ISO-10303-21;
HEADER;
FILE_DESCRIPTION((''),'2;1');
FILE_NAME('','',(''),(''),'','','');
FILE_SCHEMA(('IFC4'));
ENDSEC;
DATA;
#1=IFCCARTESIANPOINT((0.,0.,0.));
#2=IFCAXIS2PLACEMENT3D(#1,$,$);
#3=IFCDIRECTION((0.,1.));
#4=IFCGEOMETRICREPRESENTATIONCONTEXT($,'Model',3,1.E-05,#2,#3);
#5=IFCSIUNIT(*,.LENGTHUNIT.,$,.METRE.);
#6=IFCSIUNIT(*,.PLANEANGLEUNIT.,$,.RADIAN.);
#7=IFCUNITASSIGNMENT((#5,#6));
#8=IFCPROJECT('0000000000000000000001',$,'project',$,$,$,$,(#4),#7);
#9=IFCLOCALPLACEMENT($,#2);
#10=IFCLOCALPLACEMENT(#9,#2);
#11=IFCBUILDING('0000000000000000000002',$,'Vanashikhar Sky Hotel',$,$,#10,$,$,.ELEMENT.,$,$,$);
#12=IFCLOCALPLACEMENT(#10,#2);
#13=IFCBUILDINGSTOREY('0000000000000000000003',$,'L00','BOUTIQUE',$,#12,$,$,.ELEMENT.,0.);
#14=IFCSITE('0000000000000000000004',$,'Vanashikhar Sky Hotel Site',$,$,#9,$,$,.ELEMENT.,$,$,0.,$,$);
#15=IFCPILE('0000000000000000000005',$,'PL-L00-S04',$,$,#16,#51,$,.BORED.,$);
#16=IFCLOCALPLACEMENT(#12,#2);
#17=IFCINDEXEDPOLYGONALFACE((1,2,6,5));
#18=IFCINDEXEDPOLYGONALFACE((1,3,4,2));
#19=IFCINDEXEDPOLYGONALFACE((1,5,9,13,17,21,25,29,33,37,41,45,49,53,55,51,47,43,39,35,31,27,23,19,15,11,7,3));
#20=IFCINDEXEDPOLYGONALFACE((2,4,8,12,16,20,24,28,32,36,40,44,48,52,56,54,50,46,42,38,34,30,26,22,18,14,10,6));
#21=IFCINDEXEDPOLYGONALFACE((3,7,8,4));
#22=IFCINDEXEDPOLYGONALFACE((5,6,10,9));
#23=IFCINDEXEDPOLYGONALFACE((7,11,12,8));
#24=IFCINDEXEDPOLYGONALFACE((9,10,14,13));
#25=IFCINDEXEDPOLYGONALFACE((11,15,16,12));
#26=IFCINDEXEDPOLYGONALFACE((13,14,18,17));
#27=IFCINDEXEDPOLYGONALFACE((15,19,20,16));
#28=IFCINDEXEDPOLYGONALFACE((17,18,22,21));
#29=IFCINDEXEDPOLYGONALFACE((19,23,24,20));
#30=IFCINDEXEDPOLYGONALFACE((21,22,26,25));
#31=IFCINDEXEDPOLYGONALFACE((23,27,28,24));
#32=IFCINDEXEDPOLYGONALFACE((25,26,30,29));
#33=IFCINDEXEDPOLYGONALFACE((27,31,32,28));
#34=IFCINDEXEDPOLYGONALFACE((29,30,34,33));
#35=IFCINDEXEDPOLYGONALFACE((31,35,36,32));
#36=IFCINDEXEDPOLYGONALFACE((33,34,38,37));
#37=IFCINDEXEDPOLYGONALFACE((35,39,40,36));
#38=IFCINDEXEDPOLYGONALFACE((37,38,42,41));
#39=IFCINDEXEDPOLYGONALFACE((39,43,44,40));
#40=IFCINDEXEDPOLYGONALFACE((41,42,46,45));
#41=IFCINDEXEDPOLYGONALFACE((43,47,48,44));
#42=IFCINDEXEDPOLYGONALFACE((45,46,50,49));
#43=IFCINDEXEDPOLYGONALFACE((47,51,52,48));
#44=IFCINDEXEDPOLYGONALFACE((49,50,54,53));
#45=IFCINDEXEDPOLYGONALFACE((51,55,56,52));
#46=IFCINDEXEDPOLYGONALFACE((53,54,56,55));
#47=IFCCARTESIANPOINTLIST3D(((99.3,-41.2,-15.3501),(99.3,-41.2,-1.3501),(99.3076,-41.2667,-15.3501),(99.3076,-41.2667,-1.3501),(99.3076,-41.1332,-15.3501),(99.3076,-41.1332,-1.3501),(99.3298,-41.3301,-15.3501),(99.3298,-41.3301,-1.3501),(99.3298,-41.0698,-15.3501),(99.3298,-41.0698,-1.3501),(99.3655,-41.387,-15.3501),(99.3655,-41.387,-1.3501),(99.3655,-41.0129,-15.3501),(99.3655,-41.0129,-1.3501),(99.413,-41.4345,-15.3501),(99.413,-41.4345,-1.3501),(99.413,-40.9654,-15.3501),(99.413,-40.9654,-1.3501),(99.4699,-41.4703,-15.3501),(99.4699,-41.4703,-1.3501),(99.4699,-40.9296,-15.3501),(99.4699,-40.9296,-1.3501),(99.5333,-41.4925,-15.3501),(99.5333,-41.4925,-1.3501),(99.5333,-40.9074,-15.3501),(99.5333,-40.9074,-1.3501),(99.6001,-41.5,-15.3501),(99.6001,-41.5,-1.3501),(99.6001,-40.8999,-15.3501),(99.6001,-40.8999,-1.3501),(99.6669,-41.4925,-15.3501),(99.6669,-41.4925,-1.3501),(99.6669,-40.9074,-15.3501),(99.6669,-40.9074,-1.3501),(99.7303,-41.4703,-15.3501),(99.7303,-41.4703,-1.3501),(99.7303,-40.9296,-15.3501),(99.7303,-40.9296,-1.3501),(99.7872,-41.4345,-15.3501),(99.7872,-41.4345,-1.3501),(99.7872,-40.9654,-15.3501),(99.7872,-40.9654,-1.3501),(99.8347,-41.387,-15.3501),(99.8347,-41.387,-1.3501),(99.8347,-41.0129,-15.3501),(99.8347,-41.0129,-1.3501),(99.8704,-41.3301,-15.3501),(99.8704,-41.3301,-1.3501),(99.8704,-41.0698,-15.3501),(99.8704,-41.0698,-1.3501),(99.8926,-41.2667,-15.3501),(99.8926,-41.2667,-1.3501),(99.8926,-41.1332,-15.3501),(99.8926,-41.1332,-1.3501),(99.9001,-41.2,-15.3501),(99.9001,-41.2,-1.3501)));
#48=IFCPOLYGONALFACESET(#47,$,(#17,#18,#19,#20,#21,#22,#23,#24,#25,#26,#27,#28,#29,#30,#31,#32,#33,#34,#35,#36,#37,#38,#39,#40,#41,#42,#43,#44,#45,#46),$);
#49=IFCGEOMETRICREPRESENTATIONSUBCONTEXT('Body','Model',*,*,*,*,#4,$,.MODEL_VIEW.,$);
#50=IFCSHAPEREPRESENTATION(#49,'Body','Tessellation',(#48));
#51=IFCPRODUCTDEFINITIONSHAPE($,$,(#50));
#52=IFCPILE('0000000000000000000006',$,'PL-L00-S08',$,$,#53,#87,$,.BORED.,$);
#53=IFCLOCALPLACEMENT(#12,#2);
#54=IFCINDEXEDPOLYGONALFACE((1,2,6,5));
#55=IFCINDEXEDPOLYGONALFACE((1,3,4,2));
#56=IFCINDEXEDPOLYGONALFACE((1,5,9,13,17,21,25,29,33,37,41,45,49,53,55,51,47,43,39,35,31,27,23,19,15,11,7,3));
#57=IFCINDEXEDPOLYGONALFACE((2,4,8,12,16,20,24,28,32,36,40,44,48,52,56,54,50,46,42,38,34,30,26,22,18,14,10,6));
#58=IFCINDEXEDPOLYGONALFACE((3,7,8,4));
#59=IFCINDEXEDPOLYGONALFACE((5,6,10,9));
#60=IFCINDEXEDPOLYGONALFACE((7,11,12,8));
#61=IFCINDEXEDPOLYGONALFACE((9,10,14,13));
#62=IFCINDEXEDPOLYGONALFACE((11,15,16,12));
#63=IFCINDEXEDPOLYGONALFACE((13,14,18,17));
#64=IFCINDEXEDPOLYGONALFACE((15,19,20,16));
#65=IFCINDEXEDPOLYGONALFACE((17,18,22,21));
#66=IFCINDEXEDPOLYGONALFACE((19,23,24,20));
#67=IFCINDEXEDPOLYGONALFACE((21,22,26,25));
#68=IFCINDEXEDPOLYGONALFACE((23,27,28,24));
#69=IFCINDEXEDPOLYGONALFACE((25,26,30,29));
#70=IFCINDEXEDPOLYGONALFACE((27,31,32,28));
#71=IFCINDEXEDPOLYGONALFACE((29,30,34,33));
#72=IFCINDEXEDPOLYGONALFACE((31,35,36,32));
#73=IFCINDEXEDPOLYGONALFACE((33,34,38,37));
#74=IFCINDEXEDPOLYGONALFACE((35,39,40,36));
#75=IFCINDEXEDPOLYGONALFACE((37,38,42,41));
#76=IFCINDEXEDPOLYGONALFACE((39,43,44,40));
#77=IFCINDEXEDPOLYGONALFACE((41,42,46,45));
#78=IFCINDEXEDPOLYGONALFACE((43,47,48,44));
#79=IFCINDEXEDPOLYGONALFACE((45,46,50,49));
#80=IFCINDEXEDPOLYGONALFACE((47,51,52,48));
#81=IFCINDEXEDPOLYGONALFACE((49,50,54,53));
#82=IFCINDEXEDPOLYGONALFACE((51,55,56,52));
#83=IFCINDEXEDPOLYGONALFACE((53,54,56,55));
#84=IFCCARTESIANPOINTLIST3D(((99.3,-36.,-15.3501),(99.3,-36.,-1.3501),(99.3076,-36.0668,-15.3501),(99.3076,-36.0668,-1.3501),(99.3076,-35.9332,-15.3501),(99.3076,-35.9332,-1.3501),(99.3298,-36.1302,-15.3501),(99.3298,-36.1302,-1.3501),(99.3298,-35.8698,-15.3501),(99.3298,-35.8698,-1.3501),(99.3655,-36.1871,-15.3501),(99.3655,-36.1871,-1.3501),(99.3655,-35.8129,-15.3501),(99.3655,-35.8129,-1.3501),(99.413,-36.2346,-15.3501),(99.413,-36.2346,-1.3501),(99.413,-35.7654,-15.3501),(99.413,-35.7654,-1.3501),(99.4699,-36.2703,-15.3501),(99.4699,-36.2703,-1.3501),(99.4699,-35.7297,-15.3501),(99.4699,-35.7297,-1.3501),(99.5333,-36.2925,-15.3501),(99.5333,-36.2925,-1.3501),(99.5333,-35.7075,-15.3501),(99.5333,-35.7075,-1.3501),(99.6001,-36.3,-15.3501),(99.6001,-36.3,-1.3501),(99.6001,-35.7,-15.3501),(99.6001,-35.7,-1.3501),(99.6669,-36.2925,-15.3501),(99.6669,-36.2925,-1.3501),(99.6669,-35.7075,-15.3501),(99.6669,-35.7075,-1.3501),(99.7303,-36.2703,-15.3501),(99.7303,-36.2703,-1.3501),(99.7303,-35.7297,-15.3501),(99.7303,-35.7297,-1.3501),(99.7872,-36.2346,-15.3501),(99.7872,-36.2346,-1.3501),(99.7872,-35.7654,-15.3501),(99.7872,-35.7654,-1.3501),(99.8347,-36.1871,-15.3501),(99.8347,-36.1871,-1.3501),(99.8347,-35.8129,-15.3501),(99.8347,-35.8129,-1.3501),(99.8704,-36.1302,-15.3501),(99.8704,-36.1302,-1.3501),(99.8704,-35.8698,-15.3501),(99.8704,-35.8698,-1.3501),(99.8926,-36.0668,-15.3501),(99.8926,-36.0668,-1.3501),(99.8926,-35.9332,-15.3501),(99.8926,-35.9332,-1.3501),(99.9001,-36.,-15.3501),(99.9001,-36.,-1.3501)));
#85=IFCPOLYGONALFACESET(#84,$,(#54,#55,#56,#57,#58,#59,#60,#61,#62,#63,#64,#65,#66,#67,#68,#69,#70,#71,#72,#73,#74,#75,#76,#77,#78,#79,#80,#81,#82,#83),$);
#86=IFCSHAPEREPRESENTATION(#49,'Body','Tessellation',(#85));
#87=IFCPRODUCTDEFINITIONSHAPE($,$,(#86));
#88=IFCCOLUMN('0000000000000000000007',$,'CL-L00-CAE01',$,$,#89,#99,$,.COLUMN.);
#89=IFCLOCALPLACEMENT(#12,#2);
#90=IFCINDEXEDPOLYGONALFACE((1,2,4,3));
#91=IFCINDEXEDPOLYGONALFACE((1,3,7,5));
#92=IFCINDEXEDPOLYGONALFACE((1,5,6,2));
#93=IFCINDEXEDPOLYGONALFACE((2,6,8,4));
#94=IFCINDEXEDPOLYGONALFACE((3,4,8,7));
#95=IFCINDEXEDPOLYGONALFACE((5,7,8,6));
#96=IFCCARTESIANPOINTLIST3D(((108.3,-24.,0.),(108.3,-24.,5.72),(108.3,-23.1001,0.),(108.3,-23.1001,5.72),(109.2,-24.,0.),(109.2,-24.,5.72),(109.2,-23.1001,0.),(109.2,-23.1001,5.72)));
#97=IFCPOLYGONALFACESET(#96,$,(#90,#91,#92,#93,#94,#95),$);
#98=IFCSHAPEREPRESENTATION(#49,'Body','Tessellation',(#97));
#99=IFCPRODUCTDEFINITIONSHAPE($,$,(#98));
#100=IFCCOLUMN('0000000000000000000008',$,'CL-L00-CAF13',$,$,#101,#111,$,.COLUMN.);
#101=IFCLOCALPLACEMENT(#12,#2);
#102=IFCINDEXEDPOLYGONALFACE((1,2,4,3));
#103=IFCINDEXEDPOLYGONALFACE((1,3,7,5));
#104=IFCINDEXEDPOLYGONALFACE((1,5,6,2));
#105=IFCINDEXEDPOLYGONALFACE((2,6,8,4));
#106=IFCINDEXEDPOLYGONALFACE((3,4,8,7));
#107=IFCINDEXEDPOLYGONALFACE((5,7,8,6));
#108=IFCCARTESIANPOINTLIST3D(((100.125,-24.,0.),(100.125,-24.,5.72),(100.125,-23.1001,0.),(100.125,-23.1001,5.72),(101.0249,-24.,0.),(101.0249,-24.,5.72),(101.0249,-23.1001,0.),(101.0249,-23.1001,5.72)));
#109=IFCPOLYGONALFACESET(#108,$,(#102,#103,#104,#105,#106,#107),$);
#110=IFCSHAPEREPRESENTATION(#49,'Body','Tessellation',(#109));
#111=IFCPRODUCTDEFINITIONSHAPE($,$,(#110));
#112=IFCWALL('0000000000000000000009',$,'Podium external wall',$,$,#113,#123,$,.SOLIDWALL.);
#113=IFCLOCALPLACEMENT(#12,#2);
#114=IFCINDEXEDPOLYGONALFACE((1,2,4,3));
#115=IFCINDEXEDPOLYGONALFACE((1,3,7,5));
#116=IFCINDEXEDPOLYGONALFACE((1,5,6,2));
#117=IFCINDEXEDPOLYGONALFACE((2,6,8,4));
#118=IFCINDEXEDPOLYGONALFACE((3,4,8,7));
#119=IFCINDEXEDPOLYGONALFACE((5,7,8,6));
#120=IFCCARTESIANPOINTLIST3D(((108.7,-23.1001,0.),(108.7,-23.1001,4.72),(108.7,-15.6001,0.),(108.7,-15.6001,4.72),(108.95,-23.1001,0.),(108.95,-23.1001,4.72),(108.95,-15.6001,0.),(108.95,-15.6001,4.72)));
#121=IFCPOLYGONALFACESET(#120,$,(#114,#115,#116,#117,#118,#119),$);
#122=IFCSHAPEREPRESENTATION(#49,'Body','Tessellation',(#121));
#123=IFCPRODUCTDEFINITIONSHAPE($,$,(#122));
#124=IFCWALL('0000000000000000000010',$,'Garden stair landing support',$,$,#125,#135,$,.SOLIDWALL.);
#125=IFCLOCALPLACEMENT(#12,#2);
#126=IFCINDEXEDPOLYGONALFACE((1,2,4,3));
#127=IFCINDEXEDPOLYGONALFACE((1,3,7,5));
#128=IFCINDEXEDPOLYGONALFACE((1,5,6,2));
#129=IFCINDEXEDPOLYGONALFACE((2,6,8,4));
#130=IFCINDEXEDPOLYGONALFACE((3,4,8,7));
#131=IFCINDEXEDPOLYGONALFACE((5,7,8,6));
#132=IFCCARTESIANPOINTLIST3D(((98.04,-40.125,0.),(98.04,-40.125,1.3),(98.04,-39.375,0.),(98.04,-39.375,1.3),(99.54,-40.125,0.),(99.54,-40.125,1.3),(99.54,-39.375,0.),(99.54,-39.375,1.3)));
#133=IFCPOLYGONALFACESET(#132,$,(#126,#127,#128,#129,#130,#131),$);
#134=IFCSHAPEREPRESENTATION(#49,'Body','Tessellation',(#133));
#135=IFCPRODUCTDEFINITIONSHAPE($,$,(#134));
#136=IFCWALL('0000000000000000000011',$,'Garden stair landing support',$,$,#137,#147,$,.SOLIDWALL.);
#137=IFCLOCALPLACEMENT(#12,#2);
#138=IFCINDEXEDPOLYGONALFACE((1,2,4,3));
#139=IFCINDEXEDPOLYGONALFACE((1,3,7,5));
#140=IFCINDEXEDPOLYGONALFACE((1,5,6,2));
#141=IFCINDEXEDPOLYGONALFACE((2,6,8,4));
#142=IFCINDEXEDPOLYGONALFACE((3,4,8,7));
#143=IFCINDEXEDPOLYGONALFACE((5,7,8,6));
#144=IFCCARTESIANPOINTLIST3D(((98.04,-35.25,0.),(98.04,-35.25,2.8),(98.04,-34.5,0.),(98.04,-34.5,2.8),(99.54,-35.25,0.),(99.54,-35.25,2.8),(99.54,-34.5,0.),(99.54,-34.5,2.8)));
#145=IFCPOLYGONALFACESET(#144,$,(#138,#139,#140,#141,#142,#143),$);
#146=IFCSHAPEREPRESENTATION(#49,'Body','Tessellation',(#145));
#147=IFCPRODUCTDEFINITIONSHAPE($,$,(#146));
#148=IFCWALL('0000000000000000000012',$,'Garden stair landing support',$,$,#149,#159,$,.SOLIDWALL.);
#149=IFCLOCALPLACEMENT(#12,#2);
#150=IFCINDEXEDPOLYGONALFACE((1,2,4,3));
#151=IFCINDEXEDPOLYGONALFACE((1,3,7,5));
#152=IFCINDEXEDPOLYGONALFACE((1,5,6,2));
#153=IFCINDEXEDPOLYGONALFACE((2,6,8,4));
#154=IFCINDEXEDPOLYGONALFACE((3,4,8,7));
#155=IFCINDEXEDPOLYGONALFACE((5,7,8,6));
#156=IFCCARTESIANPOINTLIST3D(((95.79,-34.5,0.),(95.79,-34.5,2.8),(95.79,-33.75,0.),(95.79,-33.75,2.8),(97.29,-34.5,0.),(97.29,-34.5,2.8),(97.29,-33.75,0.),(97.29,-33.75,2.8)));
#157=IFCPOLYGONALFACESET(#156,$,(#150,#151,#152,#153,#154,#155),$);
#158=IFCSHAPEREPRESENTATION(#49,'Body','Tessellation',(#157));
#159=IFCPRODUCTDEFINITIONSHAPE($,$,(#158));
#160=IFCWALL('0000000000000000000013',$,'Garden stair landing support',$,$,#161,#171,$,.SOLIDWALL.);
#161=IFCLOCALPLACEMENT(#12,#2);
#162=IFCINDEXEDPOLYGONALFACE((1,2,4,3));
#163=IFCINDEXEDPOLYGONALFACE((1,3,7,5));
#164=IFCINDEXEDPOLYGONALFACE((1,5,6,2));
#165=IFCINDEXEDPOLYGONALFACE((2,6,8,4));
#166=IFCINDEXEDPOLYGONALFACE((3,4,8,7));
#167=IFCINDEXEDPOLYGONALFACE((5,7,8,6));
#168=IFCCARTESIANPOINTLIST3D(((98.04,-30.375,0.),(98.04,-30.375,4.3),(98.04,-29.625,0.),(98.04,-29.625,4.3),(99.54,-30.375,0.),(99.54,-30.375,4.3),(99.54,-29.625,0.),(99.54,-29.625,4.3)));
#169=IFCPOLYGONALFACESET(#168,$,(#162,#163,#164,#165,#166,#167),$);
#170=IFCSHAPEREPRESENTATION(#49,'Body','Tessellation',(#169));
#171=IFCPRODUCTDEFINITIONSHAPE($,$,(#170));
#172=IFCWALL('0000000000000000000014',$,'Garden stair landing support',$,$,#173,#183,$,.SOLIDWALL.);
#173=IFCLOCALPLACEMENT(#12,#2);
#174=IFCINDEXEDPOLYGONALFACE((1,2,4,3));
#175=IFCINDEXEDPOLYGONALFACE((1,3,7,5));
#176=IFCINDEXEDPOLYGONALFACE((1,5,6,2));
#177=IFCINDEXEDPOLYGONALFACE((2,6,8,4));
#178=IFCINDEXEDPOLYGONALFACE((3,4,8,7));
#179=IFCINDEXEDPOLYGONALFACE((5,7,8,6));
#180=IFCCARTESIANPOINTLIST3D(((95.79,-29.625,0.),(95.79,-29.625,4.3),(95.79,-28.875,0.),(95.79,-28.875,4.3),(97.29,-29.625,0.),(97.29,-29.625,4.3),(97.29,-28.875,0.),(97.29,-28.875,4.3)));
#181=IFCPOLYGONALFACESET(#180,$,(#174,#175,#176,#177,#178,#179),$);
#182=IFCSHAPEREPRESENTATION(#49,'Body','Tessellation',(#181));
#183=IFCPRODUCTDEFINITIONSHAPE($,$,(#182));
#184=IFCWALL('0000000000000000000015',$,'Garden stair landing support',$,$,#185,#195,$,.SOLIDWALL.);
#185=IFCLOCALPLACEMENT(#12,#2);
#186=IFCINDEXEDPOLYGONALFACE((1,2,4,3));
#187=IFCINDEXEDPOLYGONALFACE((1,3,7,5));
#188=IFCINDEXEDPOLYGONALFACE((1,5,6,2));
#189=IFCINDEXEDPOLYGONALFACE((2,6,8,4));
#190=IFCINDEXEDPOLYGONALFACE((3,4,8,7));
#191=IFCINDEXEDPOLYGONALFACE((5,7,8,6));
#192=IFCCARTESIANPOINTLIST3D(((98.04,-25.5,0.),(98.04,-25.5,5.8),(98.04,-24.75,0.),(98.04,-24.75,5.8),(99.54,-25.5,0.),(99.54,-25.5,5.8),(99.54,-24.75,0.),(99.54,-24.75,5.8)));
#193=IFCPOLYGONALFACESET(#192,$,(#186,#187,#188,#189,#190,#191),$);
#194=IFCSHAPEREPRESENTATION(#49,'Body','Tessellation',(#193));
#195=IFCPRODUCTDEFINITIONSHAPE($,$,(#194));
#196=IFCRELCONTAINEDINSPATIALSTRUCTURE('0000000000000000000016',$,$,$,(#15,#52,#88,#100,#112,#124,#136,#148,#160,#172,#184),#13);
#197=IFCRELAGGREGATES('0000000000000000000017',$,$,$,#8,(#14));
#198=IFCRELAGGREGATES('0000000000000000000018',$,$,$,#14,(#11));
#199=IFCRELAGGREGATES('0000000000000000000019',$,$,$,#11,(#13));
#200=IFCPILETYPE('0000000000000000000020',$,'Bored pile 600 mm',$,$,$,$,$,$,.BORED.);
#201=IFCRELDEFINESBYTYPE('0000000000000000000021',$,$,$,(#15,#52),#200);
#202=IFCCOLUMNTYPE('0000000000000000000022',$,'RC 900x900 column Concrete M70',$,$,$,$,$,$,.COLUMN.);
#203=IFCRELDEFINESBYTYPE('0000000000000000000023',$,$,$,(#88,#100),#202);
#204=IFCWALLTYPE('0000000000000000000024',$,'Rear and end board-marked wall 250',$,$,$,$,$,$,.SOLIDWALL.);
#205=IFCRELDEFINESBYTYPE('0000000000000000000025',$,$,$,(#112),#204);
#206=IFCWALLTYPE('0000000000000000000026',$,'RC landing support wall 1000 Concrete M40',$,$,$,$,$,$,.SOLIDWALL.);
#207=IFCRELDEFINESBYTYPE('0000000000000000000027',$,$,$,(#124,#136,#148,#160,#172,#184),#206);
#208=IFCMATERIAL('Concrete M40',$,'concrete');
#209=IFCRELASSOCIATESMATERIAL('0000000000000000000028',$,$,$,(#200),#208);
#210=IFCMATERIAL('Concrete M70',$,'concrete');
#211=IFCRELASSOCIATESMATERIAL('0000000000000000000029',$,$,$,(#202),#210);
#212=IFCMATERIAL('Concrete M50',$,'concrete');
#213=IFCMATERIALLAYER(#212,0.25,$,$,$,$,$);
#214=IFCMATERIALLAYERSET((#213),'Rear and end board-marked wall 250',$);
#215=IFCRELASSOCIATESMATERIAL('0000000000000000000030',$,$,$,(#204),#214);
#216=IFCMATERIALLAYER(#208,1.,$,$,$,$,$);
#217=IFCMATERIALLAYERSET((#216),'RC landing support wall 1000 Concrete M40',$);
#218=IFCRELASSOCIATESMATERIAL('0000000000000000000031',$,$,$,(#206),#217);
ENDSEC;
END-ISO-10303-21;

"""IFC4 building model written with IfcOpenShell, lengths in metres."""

from ifc_helpers import new_model, si_unit, direction, frame, frame_2d, origin, origin_2d, place, context, subcontext, project, spatial, rectangle, circle, extrude, source, transform, mapped, material, layer, layer_set, material_profile, profile_set, type_object, element, save


model = new_model("IFC4")

# Units and contexts
model_context = context("Model", 3, precision=1e-05, world=origin(), true_north=direction((0.0, 1.0)))
body_context = subcontext(model_context, "Body", "Model", "MODEL_VIEW")
ifc_project = project(units=[si_unit("LENGTHUNIT", "METRE"), si_unit("PLANEANGLEUNIT", "RADIAN")], contexts=[model_context])

# Site, building, storey
site_placement = place(None, origin())
site = spatial("IfcSite", under=ifc_project, at=site_placement, Name="Vanashikhar Sky Hotel Site", CompositionType="ELEMENT", RefElevation=0.0)
building_placement = place(site_placement, origin())
building = spatial("IfcBuilding", under=site, at=building_placement, Name="Vanashikhar Sky Hotel", CompositionType="ELEMENT")
storey_placement = place(building_placement, origin())
storey = spatial("IfcBuildingStorey", under=building, at=storey_placement, Name="L00", Description="BOUTIQUE", CompositionType="ELEMENT", Elevation=0.0)

# Piles
ifc_material_1 = material(Name="Concrete M40", Category="concrete")
pile_type = type_object("IfcPileType", Name="Bored pile 600 mm", PredefinedType="BORED", material=ifc_material_1)
shared_shape_1 = source(origin(), body_context, "Body", "SweptSolid", [
    extrude(circle(Radius=0.3, at=origin_2d()), origin(), (0.0, 0.0, 1.0), 14.0),
])
for number, where, z_axis, x_axis, name in (
    (1, (99.6001, -41.2, -1.3501), (0.0, 0.0, -1.0), (1.0, 0.0, 0.0), "PL-L00-S04"),
    (2, (99.6001, -36.0, -1.3501), (0.0, 0.0, -1.0), (1.0, 0.0, 0.0), "PL-L00-S08"),
):
    element("IfcPile", number, at=place(storey_placement, frame(where, z_axis=z_axis, x_axis=x_axis)), inside=storey, type_object=pile_type, Name=name, PredefinedType="BORED", context=body_context, shape_type="MappedRepresentation", body=[
        mapped(shared_shape_1, transform((0.0, 0.0, 0.0), scale=1.0)),
    ])

# Columns
ifc_material_2 = material(Name="Concrete M70", Category="concrete")
ifc_material_profile = material_profile(ifc_material_2, rectangle(XDim=0.8999, YDim=0.8999, at=origin_2d()))
ifc_profile_set = profile_set([ifc_material_profile], Name="RC 900x900 column Concrete M70")
column_type = type_object("IfcColumnType", Name="RC 900x900 column Concrete M70", PredefinedType="COLUMN", material=ifc_profile_set)
shared_shape_2 = source(origin(), body_context, "Body", "SweptSolid", [
    extrude(rectangle(XDim=0.8999, YDim=0.8999, at=origin_2d()), origin(), (0.0, 0.0, 1.0), 5.72),
])
for number, where, z_axis, x_axis, name in (
    (3, (108.75, -23.55, 0.0), (0.0, 0.0, 1.0), (1.0, 0.0, 0.0), "CL-L00-CAE01"),
    (4, (100.575, -23.55, 0.0), (0.0, 0.0, 1.0), (1.0, 0.0, 0.0), "CL-L00-CAF13"),
):
    element("IfcColumn", number, at=place(storey_placement, frame(where, z_axis=z_axis, x_axis=x_axis)), inside=storey, type_object=column_type, Name=name, PredefinedType="COLUMN", context=body_context, shape_type="MappedRepresentation", body=[
        mapped(shared_shape_2, transform((0.0, 0.0, 0.0), scale=1.0)),
    ])

# Wall
ifc_material_3 = material(Name="Concrete M50", Category="concrete")
ifc_layer_1 = layer(ifc_material_3, 0.25)
ifc_layer_set_1 = layer_set([ifc_layer_1], Name="Rear and end board-marked wall 250")
wall_type_1 = type_object("IfcWallType", Name="Rear and end board-marked wall 250", PredefinedType="SOLIDWALL", material=ifc_layer_set_1)
shared_shape_3 = source(origin(), body_context, "Body", "SweptSolid", [
    extrude(rectangle(XDim=7.5, YDim=0.25, at=frame_2d((3.75, 0.0))), origin(), (0.0, 0.0, 1.0), 4.72),
])
wall_1_placement = place(storey_placement, frame((108.825, -23.1001, 0.0), z_axis=(0.0, 0.0, 1.0), x_axis=(0.0, 1.0, 0.0)))
element("IfcWall", 5, at=wall_1_placement, inside=storey, type_object=wall_type_1, Name="Podium external wall", PredefinedType="SOLIDWALL", context=body_context, shape_type="MappedRepresentation", body=[
    mapped(shared_shape_3, transform((0.0, 0.0, 0.0), scale=1.0)),
])

# Walls
ifc_layer_2 = layer(ifc_material_1, 1.0)
ifc_layer_set_2 = layer_set([ifc_layer_2], Name="RC landing support wall 1000 Concrete M40")
wall_type_2 = type_object("IfcWallType", Name="RC landing support wall 1000 Concrete M40", PredefinedType="SOLIDWALL", material=ifc_layer_set_2)
shared_shape_4 = source(origin(), body_context, "Body", "SweptSolid", [
    extrude(rectangle(XDim=1.5, YDim=0.75, at=frame_2d((0.75, 0.0))), origin(), (0.0, 0.0, 1.0), 1.3),
])
wall_2_placement = place(storey_placement, frame((98.04, -39.75, 0.0), z_axis=(0.0, 0.0, 1.0), x_axis=(1.0, 0.0, 0.0)))
element("IfcWall", 6, at=wall_2_placement, inside=storey, type_object=wall_type_2, Name="Garden stair landing support", PredefinedType="SOLIDWALL", context=body_context, shape_type="MappedRepresentation", body=[
    mapped(shared_shape_4, transform((0.0, 0.0, 0.0), scale=1.0)),
])
shared_shape_5 = source(origin(), body_context, "Body", "SweptSolid", [
    extrude(rectangle(XDim=1.5, YDim=0.75, at=frame_2d((0.75, 0.0))), origin(), (0.0, 0.0, 1.0), 2.8),
])
for number, where, z_axis, x_axis, name in (
    (7, (98.04, -34.875, 0.0), (0.0, 0.0, 1.0), (1.0, 0.0, 0.0), "Garden stair landing support"),
    (8, (95.79, -34.125, 0.0), (0.0, 0.0, 1.0), (1.0, 0.0, 0.0), "Garden stair landing support"),
):
    element("IfcWall", number, at=place(storey_placement, frame(where, z_axis=z_axis, x_axis=x_axis)), inside=storey, type_object=wall_type_2, Name=name, PredefinedType="SOLIDWALL", context=body_context, shape_type="MappedRepresentation", body=[
        mapped(shared_shape_5, transform((0.0, 0.0, 0.0), scale=1.0)),
    ])
shared_shape_6 = source(origin(), body_context, "Body", "SweptSolid", [
    extrude(rectangle(XDim=1.5, YDim=0.75, at=frame_2d((0.75, 0.0))), origin(), (0.0, 0.0, 1.0), 4.3),
])
for number, where, z_axis, x_axis, name in (
    (9, (98.04, -30.0, 0.0), (0.0, 0.0, 1.0), (1.0, 0.0, 0.0), "Garden stair landing support"),
    (10, (95.79, -29.25, 0.0), (0.0, 0.0, 1.0), (1.0, 0.0, 0.0), "Garden stair landing support"),
):
    element("IfcWall", number, at=place(storey_placement, frame(where, z_axis=z_axis, x_axis=x_axis)), inside=storey, type_object=wall_type_2, Name=name, PredefinedType="SOLIDWALL", context=body_context, shape_type="MappedRepresentation", body=[
        mapped(shared_shape_6, transform((0.0, 0.0, 0.0), scale=1.0)),
    ])
shared_shape_7 = source(origin(), body_context, "Body", "SweptSolid", [
    extrude(rectangle(XDim=1.5, YDim=0.75, at=frame_2d((0.75, 0.0))), origin(), (0.0, 0.0, 1.0), 5.8),
])
for number, where, z_axis, x_axis, name in (
    (11, (98.04, -25.125, 0.0), (0.0, 0.0, 1.0), (1.0, 0.0, 0.0), "Garden stair landing support"),
):
    element("IfcWall", number, at=place(storey_placement, frame(where, z_axis=z_axis, x_axis=x_axis)), inside=storey, type_object=wall_type_2, Name=name, PredefinedType="SOLIDWALL", context=body_context, shape_type="MappedRepresentation", body=[
        mapped(shared_shape_7, transform((0.0, 0.0, 0.0), scale=1.0)),
    ])

save(model, "model.ifc")
